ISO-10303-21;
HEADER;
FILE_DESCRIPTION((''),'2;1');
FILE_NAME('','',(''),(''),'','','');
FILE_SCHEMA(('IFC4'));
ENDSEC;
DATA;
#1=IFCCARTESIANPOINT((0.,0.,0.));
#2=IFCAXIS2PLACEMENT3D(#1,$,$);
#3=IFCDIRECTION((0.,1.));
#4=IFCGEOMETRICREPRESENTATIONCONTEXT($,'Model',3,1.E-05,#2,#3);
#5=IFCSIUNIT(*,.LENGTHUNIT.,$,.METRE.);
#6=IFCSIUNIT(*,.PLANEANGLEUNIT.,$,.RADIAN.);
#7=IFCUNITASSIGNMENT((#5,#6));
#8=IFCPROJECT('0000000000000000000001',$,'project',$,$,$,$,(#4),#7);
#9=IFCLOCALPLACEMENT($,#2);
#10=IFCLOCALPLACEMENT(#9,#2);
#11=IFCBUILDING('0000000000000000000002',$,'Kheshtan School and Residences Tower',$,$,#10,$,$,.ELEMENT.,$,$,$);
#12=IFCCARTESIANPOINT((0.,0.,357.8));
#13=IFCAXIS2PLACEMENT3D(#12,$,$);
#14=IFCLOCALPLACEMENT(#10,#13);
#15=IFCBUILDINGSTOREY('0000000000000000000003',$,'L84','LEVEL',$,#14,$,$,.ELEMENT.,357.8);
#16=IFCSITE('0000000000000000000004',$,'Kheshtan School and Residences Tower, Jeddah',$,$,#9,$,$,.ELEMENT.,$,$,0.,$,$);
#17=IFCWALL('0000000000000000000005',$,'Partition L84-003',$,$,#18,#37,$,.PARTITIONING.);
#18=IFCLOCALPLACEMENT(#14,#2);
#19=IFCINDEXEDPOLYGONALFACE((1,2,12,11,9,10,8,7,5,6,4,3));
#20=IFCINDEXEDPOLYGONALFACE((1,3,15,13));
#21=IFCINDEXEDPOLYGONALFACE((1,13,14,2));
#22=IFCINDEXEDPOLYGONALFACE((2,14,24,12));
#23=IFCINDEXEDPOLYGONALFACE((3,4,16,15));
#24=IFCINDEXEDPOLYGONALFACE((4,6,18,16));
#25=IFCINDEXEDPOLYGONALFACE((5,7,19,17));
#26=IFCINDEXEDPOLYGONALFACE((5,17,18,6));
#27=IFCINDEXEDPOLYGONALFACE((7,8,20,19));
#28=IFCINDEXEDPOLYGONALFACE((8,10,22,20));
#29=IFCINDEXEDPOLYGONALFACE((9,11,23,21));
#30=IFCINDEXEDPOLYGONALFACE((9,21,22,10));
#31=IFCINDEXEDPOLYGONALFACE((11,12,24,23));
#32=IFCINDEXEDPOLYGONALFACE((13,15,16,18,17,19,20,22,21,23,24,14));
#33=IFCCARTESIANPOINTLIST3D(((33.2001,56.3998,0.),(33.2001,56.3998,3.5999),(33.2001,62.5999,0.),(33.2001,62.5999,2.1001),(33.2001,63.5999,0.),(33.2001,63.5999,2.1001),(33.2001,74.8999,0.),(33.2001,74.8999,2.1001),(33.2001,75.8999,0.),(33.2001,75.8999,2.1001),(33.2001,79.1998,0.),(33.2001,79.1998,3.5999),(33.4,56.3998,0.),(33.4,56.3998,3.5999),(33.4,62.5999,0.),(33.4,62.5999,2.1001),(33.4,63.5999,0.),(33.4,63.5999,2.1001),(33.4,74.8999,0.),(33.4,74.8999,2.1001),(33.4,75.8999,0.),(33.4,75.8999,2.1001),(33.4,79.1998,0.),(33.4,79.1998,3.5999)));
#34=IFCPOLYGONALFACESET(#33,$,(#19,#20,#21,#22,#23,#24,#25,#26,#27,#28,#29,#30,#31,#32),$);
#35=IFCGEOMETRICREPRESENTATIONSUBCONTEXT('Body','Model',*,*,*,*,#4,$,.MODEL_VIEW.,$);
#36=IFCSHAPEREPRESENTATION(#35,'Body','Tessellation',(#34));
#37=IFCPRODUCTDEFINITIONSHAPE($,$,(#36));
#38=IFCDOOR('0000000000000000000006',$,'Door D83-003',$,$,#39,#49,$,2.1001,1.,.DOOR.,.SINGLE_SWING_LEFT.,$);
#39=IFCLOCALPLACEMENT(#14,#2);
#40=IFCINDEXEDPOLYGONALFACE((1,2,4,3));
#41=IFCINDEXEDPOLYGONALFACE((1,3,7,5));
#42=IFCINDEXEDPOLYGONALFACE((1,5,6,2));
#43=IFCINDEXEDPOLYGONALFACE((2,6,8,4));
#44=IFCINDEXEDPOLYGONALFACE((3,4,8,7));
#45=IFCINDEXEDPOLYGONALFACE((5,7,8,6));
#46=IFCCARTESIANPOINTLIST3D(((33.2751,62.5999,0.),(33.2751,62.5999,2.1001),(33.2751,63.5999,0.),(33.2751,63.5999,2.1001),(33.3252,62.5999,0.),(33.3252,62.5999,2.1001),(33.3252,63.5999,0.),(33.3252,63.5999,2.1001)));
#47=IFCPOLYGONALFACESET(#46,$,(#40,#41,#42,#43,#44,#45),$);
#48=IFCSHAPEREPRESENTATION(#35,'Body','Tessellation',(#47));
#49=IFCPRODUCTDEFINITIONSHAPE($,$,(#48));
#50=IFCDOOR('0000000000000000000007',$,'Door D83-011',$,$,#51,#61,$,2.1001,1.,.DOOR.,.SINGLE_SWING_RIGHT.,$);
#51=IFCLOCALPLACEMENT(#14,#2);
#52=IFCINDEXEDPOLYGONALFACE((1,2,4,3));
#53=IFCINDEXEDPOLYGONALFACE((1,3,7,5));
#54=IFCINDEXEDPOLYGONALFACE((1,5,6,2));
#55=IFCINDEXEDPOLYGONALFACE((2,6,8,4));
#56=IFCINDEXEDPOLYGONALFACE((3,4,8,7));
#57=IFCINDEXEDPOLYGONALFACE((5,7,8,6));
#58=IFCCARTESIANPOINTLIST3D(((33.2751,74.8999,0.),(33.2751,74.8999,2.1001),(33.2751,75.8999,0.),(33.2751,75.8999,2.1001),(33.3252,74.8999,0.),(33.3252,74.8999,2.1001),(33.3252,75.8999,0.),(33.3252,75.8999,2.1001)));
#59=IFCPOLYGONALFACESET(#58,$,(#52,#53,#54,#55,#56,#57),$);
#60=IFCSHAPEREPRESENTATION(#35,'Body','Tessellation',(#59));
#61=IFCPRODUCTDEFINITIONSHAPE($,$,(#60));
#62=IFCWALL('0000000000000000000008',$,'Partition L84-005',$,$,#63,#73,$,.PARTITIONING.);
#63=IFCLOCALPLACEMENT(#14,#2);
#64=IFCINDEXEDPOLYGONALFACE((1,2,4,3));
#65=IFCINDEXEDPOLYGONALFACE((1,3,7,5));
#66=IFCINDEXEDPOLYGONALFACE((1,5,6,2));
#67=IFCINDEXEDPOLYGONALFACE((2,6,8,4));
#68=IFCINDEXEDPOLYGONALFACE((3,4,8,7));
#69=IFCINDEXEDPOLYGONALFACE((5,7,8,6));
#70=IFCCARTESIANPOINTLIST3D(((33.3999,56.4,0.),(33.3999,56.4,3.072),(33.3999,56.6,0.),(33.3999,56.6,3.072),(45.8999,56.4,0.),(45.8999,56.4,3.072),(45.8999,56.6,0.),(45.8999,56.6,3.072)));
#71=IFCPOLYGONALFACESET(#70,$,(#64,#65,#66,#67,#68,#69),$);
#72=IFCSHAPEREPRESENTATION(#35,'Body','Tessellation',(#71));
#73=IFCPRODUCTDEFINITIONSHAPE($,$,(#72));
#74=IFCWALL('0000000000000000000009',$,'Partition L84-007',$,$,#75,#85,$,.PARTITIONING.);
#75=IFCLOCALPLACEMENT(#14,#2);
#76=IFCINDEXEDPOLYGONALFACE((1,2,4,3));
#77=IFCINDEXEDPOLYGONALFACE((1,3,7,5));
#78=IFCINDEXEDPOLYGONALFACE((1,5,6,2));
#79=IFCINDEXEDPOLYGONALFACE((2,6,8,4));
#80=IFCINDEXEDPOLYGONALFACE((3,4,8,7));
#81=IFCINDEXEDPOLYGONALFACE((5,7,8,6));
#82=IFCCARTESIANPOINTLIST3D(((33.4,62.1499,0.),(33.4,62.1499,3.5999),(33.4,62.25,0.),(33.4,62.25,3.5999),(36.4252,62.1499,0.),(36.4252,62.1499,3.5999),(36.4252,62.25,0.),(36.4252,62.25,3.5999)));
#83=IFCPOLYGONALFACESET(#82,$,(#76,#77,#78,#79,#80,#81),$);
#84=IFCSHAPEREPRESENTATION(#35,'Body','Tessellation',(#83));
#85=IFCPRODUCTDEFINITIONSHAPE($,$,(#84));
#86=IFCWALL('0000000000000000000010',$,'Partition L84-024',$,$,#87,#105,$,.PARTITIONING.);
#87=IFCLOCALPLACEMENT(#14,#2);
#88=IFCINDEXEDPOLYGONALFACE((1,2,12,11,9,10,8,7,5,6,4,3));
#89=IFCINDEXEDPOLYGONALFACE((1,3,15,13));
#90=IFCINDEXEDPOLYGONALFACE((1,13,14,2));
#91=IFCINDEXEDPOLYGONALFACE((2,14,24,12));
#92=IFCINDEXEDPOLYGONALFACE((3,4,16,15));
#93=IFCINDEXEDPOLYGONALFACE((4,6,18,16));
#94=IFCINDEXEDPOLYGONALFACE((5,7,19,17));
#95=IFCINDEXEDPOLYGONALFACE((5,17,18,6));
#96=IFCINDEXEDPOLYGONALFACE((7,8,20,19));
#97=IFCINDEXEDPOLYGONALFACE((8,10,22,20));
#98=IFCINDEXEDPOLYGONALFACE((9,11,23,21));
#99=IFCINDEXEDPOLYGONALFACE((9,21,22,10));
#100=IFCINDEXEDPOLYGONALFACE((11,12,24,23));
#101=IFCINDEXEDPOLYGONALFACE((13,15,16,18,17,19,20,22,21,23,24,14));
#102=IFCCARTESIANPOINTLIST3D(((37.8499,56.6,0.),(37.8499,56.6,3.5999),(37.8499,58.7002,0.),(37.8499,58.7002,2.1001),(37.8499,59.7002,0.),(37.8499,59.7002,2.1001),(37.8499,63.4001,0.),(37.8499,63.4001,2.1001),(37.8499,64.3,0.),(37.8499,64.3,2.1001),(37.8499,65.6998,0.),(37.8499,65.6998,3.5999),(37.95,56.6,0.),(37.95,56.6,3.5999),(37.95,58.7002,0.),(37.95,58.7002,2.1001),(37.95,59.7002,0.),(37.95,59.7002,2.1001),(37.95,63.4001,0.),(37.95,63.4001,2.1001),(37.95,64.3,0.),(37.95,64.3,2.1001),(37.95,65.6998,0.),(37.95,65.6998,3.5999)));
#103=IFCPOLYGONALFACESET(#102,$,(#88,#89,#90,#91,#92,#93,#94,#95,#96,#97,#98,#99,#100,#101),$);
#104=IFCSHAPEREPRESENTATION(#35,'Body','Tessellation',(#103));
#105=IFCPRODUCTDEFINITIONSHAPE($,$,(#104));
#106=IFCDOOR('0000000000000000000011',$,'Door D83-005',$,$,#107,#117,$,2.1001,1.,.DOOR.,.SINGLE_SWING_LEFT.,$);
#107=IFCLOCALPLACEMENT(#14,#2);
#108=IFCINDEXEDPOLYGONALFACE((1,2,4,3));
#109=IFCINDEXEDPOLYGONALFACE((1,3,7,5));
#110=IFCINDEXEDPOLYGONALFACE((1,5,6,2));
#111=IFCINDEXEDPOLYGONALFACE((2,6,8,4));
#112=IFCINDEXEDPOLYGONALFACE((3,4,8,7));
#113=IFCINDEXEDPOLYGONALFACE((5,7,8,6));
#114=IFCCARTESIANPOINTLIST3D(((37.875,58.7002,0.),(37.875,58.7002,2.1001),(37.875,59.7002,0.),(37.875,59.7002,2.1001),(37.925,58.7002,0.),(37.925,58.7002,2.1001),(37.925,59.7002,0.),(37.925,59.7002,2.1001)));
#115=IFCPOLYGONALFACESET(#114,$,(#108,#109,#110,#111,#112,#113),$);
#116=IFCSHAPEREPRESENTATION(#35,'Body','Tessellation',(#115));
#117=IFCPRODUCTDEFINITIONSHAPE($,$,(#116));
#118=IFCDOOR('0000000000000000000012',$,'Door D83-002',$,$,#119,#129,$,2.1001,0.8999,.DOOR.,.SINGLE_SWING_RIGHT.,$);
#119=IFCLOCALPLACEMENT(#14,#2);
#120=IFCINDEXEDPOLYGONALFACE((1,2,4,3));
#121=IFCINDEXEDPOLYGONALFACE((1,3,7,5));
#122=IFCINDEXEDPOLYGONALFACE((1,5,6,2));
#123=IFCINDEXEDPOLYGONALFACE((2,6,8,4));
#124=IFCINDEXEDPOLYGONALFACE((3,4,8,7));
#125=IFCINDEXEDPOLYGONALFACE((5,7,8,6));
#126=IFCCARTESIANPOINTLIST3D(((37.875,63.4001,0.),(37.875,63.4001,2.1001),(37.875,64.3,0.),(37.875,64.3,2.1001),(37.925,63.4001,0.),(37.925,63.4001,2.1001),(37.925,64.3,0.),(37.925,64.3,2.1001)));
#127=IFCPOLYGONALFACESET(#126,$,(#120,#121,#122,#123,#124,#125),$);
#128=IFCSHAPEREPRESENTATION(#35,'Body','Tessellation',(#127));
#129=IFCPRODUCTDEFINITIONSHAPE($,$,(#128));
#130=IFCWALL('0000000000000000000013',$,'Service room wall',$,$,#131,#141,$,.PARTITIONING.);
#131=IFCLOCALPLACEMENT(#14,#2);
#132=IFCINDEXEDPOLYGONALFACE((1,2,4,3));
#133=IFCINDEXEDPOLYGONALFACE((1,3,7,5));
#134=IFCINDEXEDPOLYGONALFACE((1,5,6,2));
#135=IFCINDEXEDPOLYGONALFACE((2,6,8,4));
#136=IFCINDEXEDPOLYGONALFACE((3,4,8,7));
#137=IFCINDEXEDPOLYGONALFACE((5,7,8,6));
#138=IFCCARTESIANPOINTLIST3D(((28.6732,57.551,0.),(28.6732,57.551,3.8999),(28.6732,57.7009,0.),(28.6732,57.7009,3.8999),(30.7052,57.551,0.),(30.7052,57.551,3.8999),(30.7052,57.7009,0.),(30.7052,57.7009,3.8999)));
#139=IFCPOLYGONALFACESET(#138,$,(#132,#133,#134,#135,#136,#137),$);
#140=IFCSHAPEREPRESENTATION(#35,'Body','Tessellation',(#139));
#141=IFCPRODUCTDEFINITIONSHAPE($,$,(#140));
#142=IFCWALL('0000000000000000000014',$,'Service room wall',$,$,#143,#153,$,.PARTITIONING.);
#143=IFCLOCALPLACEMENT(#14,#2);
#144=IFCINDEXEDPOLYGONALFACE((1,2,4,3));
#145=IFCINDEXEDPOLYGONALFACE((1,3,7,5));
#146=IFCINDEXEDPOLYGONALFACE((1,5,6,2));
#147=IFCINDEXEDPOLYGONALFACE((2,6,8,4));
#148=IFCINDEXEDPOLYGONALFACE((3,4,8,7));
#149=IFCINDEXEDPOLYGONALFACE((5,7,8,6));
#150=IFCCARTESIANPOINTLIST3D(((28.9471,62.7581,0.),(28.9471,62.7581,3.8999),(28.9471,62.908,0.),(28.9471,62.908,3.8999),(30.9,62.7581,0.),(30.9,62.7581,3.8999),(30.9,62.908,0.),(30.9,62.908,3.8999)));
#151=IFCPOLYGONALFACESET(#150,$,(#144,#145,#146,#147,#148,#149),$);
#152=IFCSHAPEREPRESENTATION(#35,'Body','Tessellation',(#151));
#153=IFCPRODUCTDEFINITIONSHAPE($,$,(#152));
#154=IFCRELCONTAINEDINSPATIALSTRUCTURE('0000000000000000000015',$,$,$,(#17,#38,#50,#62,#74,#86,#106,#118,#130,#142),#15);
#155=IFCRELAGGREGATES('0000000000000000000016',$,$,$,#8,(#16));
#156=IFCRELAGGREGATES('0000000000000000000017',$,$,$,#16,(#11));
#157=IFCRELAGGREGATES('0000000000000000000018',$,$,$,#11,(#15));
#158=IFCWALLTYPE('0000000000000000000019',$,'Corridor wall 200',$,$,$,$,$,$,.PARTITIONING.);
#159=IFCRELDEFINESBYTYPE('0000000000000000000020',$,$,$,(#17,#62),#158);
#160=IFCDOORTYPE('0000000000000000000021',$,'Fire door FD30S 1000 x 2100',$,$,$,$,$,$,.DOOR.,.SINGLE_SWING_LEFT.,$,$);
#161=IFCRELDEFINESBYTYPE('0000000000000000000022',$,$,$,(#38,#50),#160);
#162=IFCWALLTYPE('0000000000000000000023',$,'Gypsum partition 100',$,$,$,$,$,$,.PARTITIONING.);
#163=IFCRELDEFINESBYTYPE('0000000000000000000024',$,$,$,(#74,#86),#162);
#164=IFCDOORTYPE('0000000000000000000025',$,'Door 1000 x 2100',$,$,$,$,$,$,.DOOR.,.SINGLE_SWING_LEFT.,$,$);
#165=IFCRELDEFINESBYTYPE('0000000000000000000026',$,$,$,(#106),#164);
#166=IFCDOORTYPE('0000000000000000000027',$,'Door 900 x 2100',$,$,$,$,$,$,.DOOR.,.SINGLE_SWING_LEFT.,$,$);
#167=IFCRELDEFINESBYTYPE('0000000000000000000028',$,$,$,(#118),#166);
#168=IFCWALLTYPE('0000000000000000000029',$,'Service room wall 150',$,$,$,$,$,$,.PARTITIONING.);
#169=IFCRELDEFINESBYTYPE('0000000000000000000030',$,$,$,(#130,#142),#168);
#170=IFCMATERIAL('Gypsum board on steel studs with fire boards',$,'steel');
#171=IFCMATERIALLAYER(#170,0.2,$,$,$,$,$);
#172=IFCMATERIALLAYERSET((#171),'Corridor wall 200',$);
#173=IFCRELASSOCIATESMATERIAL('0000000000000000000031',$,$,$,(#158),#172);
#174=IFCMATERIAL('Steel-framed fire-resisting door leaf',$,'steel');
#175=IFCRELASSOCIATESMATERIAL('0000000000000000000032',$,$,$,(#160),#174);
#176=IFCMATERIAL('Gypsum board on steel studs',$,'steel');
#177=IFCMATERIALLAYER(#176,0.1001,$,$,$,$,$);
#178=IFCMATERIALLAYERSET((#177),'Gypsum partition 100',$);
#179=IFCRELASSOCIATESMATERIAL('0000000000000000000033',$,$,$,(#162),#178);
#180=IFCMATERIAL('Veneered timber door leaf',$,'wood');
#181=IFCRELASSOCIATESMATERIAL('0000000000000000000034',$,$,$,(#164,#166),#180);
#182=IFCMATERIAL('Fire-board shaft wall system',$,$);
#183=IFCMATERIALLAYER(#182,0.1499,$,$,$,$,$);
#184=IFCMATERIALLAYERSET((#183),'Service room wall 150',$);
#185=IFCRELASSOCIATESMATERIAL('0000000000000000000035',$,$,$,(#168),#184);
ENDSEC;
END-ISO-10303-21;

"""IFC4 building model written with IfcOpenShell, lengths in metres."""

from ifc_helpers import new_model, si_unit, direction, frame, frame_2d, origin, place, context, subcontext, project, spatial, rectangle, extrude, source, transform, mapped, material, layer, layer_set, type_object, element, fill, save


model = new_model("IFC4")

# Units and contexts
model_context = context("Model", 3, precision=1e-05, world=origin(), true_north=direction((0.0, 1.0)))
body_context = subcontext(model_context, "Body", "Model", "MODEL_VIEW")
ifc_project = project(units=[si_unit("LENGTHUNIT", "METRE"), si_unit("PLANEANGLEUNIT", "RADIAN")], contexts=[model_context])

# Site, building, storey
site_placement = place(None, origin())
site = spatial("IfcSite", under=ifc_project, at=site_placement, Name="Kheshtan School and Residences Tower, Jeddah", CompositionType="ELEMENT", RefElevation=0.0)
building_placement = place(site_placement, origin())
building = spatial("IfcBuilding", under=site, at=building_placement, Name="Kheshtan School and Residences Tower", CompositionType="ELEMENT")
storey_placement = place(building_placement, frame((0.0, 0.0, 357.8)))
storey = spatial("IfcBuildingStorey", under=building, at=storey_placement, Name="L84", Description="LEVEL", CompositionType="ELEMENT", Elevation=357.8)

# Wall, openings, doors
ifc_material_1 = material(Name="Gypsum board on steel studs with fire boards", Category="steel")
ifc_layer_1 = layer(ifc_material_1, 0.2)
ifc_layer_set_1 = layer_set([ifc_layer_1], Name="Corridor wall 200")
wall_type_1 = type_object("IfcWallType", Name="Corridor wall 200", PredefinedType="PARTITIONING", material=ifc_layer_set_1)
wall_1_placement = place(storey_placement, frame((33.3, 56.3999, 0.0), z_axis=(0.0, 0.0, 1.0), x_axis=(0.0, 1.0, 0.0)))
wall_1 = element("IfcWall", 1, at=wall_1_placement, inside=storey, type_object=wall_type_1, Name="Partition L84-003", PredefinedType="PARTITIONING", context=body_context, shape_type="SweptSolid", body=[
    extrude(rectangle(XDim=22.8, YDim=0.2, at=frame_2d((11.3999, 0.0))), origin(), (0.0, 0.0, 1.0), 3.5999),
])
opening_1_placement = place(wall_1_placement, frame((6.2, 0.0, 0.0)))
opening_1 = element("IfcOpeningElement", 2, at=opening_1_placement, cuts=wall_1, PredefinedType="OPENING", context=body_context, shape_type="SweptSolid", body=[
    extrude(rectangle(XDim=1.0, YDim=2.1001, at=frame_2d((0.5, 1.05))), frame((0.0, 0.1099, 0.0), z_axis=(0.0, -1.0, 0.0), x_axis=(1.0, 0.0, 0.0)), (0.0, 0.0, 1.0), 0.22),
])
opening_2_placement = place(wall_1_placement, frame((18.5, 0.0, 0.0)))
opening_2 = element("IfcOpeningElement", 3, at=opening_2_placement, cuts=wall_1, PredefinedType="OPENING", context=body_context, shape_type="SweptSolid", body=[
    extrude(rectangle(XDim=1.0, YDim=2.1001, at=frame_2d((0.5, 1.05))), frame((0.0, 0.1099, 0.0), z_axis=(0.0, -1.0, 0.0), x_axis=(1.0, 0.0, 0.0)), (0.0, 0.0, 1.0), 0.22),
])
ifc_material_2 = material(Name="Steel-framed fire-resisting door leaf", Category="steel")
door_type_1 = type_object("IfcDoorType", Name="Fire door FD30S 1000 x 2100", OperationType="SINGLE_SWING_LEFT", PredefinedType="DOOR", material=ifc_material_2)
shared_shape_1 = source(origin(), body_context, "Body", "SweptSolid", [
    extrude(rectangle(XDim=1.0, YDim=2.1001, at=frame_2d((0.5, 1.05))), frame((0.0, 0.0249, 0.0), z_axis=(0.0, -1.0, 0.0), x_axis=(1.0, 0.0, 0.0)), (0.0, 0.0, 1.0), 0.05),
])
door_1_placement = place(opening_1_placement, origin())
door_1 = element("IfcDoor", 4, at=door_1_placement, inside=storey, type_object=door_type_1, Name="Door D83-003", OperationType="SINGLE_SWING_LEFT", OverallHeight=2.1001, OverallWidth=1.0, PredefinedType="DOOR", context=body_context, shape_type="MappedRepresentation", body=[
    mapped(shared_shape_1, transform((0.0, 0.0, 0.0), x_axis=(1.0, 0.0, 0.0), y_axis=(0.0, 1.0, 0.0), z_axis=(0.0, 0.0, 1.0), scale=1.0)),
])
fill(opening_1, door_1)
door_2_placement = place(opening_2_placement, origin())
door_2 = element("IfcDoor", 5, at=door_2_placement, inside=storey, type_object=door_type_1, Name="Door D83-011", OperationType="SINGLE_SWING_RIGHT", OverallHeight=2.1001, OverallWidth=1.0, PredefinedType="DOOR", context=body_context, shape_type="MappedRepresentation", body=[
    mapped(shared_shape_1, transform((0.0, 0.0, 0.0), x_axis=(1.0, 0.0, 0.0), y_axis=(0.0, 1.0, 0.0), z_axis=(0.0, 0.0, 1.0), scale=1.0)),
])
fill(opening_2, door_2)

# Walls
wall_2_placement = place(storey_placement, frame((33.3999, 56.5, 0.0), z_axis=(0.0, 0.0, 1.0), x_axis=(1.0, 0.0, 0.0)))
element("IfcWall", 6, at=wall_2_placement, inside=storey, type_object=wall_type_1, Name="Partition L84-005", PredefinedType="PARTITIONING", context=body_context, shape_type="SweptSolid", body=[
    extrude(rectangle(XDim=12.5, YDim=0.2, at=frame_2d((6.25, 0.0))), origin(), (0.0, 0.0, 1.0), 3.072),
])
ifc_material_3 = material(Name="Gypsum board on steel studs", Category="steel")
ifc_layer_2 = layer(ifc_material_3, 0.1001)
ifc_layer_set_2 = layer_set([ifc_layer_2], Name="Gypsum partition 100")
wall_type_2 = type_object("IfcWallType", Name="Gypsum partition 100", PredefinedType="PARTITIONING", material=ifc_layer_set_2)
wall_3_placement = place(storey_placement, frame((33.3999, 62.2, 0.0), z_axis=(0.0, 0.0, 1.0), x_axis=(1.0, 0.0, 0.0)))
element("IfcWall", 7, at=wall_3_placement, inside=storey, type_object=wall_type_2, Name="Partition L84-007", PredefinedType="PARTITIONING", context=body_context, shape_type="SweptSolid", body=[
    extrude(rectangle(XDim=3.0251, YDim=0.1001, at=frame_2d((1.5127, 0.0))), origin(), (0.0, 0.0, 1.0), 3.5999),
])

# Wall, openings, doors
wall_4_placement = place(storey_placement, frame((37.8999, 56.6001, 0.0), z_axis=(0.0, 0.0, 1.0), x_axis=(0.0, 1.0, 0.0)))
wall_4 = element("IfcWall", 8, at=wall_4_placement, inside=storey, type_object=wall_type_2, Name="Partition L84-024", PredefinedType="PARTITIONING", context=body_context, shape_type="SweptSolid", body=[
    extrude(rectangle(XDim=9.0999, YDim=0.1001, at=frame_2d((4.5498, 0.0))), origin(), (0.0, 0.0, 1.0), 3.5999),
])
opening_3_placement = place(wall_4_placement, frame((6.8, 0.0, 0.0)))
opening_3 = element("IfcOpeningElement", 9, at=opening_3_placement, cuts=wall_4, PredefinedType="OPENING", context=body_context, shape_type="SweptSolid", body=[
    extrude(rectangle(XDim=0.8999, YDim=2.1001, at=frame_2d((0.45, 1.05))), frame((0.0, 0.0601, 0.0), z_axis=(0.0, -1.0, 0.0), x_axis=(1.0, 0.0, 0.0)), (0.0, 0.0, 1.0), 0.1201),
])
opening_4_placement = place(wall_4_placement, frame((2.1001, 0.0, 0.0)))
opening_4 = element("IfcOpeningElement", 10, at=opening_4_placement, cuts=wall_4, PredefinedType="OPENING", context=body_context, shape_type="SweptSolid", body=[
    extrude(rectangle(XDim=1.0, YDim=2.1001, at=frame_2d((0.5, 1.05))), frame((0.0, 0.0601, 0.0), z_axis=(0.0, -1.0, 0.0), x_axis=(1.0, 0.0, 0.0)), (0.0, 0.0, 1.0), 0.1201),
])
ifc_material_4 = material(Name="Veneered timber door leaf", Category="wood")
door_type_2 = type_object("IfcDoorType", Name="Door 1000 x 2100", OperationType="SINGLE_SWING_LEFT", PredefinedType="DOOR", material=ifc_material_4)
shared_shape_2 = source(origin(), body_context, "Body", "SweptSolid", [
    extrude(rectangle(XDim=1.0, YDim=2.1001, at=frame_2d((0.5, 1.05))), frame((0.0, 0.0249, 0.0), z_axis=(0.0, -1.0, 0.0), x_axis=(1.0, 0.0, 0.0)), (0.0, 0.0, 1.0), 0.05),
])
door_3_placement = place(opening_4_placement, origin())
door_3 = element("IfcDoor", 11, at=door_3_placement, inside=storey, type_object=door_type_2, Name="Door D83-005", OperationType="SINGLE_SWING_LEFT", OverallHeight=2.1001, OverallWidth=1.0, PredefinedType="DOOR", context=body_context, shape_type="MappedRepresentation", body=[
    mapped(shared_shape_2, transform((0.0, 0.0, 0.0), x_axis=(1.0, 0.0, 0.0), y_axis=(0.0, 1.0, 0.0), z_axis=(0.0, 0.0, 1.0), scale=1.0)),
])
fill(opening_4, door_3)
door_type_3 = type_object("IfcDoorType", Name="Door 900 x 2100", OperationType="SINGLE_SWING_LEFT", PredefinedType="DOOR", material=ifc_material_4)
shared_shape_3 = source(origin(), body_context, "Body", "SweptSolid", [
    extrude(rectangle(XDim=0.8999, YDim=2.1001, at=frame_2d((0.45, 1.05))), frame((0.0, 0.0249, 0.0), z_axis=(0.0, -1.0, 0.0), x_axis=(1.0, 0.0, 0.0)), (0.0, 0.0, 1.0), 0.05),
])
door_4_placement = place(opening_3_placement, origin())
door_4 = element("IfcDoor", 12, at=door_4_placement, inside=storey, type_object=door_type_3, Name="Door D83-002", OperationType="SINGLE_SWING_RIGHT", OverallHeight=2.1001, OverallWidth=0.8999, PredefinedType="DOOR", context=body_context, shape_type="MappedRepresentation", body=[
    mapped(shared_shape_3, transform((0.0, 0.0, 0.0), x_axis=(1.0, 0.0, 0.0), y_axis=(0.0, 1.0, 0.0), z_axis=(0.0, 0.0, 1.0), scale=1.0)),
])
fill(opening_3, door_4)

# Walls
ifc_material_5 = material(Name="Fire-board shaft wall system")
ifc_layer_3 = layer(ifc_material_5, 0.1499)
ifc_layer_set_3 = layer_set([ifc_layer_3], Name="Service room wall 150")
wall_type_3 = type_object("IfcWallType", Name="Service room wall 150", PredefinedType="PARTITIONING", material=ifc_layer_set_3)
wall_5_placement = place(storey_placement, frame((28.6731, 57.626, 0.0), z_axis=(0.0, 0.0, 1.0), x_axis=(1.0, 0.0, 0.0)))
element("IfcWall", 13, at=wall_5_placement, inside=storey, type_object=wall_type_3, Name="Service room wall", PredefinedType="PARTITIONING", context=body_context, shape_type="SweptSolid", body=[
    extrude(rectangle(XDim=2.032, YDim=0.1499, at=frame_2d((1.0161, 0.0))), origin(), (0.0, 0.0, 1.0), 3.8999),
])
wall_6_placement = place(storey_placement, frame((28.947, 62.833, 0.0), z_axis=(0.0, 0.0, 1.0), x_axis=(1.0, 0.0, 0.0)))
element("IfcWall", 14, at=wall_6_placement, inside=storey, type_object=wall_type_3, Name="Service room wall", PredefinedType="PARTITIONING", context=body_context, shape_type="SweptSolid", body=[
    extrude(rectangle(XDim=1.9529, YDim=0.1499, at=frame_2d((0.9766, 0.0))), origin(), (0.0, 0.0, 1.0), 3.8999),
])

save(model, "model.ifc")
